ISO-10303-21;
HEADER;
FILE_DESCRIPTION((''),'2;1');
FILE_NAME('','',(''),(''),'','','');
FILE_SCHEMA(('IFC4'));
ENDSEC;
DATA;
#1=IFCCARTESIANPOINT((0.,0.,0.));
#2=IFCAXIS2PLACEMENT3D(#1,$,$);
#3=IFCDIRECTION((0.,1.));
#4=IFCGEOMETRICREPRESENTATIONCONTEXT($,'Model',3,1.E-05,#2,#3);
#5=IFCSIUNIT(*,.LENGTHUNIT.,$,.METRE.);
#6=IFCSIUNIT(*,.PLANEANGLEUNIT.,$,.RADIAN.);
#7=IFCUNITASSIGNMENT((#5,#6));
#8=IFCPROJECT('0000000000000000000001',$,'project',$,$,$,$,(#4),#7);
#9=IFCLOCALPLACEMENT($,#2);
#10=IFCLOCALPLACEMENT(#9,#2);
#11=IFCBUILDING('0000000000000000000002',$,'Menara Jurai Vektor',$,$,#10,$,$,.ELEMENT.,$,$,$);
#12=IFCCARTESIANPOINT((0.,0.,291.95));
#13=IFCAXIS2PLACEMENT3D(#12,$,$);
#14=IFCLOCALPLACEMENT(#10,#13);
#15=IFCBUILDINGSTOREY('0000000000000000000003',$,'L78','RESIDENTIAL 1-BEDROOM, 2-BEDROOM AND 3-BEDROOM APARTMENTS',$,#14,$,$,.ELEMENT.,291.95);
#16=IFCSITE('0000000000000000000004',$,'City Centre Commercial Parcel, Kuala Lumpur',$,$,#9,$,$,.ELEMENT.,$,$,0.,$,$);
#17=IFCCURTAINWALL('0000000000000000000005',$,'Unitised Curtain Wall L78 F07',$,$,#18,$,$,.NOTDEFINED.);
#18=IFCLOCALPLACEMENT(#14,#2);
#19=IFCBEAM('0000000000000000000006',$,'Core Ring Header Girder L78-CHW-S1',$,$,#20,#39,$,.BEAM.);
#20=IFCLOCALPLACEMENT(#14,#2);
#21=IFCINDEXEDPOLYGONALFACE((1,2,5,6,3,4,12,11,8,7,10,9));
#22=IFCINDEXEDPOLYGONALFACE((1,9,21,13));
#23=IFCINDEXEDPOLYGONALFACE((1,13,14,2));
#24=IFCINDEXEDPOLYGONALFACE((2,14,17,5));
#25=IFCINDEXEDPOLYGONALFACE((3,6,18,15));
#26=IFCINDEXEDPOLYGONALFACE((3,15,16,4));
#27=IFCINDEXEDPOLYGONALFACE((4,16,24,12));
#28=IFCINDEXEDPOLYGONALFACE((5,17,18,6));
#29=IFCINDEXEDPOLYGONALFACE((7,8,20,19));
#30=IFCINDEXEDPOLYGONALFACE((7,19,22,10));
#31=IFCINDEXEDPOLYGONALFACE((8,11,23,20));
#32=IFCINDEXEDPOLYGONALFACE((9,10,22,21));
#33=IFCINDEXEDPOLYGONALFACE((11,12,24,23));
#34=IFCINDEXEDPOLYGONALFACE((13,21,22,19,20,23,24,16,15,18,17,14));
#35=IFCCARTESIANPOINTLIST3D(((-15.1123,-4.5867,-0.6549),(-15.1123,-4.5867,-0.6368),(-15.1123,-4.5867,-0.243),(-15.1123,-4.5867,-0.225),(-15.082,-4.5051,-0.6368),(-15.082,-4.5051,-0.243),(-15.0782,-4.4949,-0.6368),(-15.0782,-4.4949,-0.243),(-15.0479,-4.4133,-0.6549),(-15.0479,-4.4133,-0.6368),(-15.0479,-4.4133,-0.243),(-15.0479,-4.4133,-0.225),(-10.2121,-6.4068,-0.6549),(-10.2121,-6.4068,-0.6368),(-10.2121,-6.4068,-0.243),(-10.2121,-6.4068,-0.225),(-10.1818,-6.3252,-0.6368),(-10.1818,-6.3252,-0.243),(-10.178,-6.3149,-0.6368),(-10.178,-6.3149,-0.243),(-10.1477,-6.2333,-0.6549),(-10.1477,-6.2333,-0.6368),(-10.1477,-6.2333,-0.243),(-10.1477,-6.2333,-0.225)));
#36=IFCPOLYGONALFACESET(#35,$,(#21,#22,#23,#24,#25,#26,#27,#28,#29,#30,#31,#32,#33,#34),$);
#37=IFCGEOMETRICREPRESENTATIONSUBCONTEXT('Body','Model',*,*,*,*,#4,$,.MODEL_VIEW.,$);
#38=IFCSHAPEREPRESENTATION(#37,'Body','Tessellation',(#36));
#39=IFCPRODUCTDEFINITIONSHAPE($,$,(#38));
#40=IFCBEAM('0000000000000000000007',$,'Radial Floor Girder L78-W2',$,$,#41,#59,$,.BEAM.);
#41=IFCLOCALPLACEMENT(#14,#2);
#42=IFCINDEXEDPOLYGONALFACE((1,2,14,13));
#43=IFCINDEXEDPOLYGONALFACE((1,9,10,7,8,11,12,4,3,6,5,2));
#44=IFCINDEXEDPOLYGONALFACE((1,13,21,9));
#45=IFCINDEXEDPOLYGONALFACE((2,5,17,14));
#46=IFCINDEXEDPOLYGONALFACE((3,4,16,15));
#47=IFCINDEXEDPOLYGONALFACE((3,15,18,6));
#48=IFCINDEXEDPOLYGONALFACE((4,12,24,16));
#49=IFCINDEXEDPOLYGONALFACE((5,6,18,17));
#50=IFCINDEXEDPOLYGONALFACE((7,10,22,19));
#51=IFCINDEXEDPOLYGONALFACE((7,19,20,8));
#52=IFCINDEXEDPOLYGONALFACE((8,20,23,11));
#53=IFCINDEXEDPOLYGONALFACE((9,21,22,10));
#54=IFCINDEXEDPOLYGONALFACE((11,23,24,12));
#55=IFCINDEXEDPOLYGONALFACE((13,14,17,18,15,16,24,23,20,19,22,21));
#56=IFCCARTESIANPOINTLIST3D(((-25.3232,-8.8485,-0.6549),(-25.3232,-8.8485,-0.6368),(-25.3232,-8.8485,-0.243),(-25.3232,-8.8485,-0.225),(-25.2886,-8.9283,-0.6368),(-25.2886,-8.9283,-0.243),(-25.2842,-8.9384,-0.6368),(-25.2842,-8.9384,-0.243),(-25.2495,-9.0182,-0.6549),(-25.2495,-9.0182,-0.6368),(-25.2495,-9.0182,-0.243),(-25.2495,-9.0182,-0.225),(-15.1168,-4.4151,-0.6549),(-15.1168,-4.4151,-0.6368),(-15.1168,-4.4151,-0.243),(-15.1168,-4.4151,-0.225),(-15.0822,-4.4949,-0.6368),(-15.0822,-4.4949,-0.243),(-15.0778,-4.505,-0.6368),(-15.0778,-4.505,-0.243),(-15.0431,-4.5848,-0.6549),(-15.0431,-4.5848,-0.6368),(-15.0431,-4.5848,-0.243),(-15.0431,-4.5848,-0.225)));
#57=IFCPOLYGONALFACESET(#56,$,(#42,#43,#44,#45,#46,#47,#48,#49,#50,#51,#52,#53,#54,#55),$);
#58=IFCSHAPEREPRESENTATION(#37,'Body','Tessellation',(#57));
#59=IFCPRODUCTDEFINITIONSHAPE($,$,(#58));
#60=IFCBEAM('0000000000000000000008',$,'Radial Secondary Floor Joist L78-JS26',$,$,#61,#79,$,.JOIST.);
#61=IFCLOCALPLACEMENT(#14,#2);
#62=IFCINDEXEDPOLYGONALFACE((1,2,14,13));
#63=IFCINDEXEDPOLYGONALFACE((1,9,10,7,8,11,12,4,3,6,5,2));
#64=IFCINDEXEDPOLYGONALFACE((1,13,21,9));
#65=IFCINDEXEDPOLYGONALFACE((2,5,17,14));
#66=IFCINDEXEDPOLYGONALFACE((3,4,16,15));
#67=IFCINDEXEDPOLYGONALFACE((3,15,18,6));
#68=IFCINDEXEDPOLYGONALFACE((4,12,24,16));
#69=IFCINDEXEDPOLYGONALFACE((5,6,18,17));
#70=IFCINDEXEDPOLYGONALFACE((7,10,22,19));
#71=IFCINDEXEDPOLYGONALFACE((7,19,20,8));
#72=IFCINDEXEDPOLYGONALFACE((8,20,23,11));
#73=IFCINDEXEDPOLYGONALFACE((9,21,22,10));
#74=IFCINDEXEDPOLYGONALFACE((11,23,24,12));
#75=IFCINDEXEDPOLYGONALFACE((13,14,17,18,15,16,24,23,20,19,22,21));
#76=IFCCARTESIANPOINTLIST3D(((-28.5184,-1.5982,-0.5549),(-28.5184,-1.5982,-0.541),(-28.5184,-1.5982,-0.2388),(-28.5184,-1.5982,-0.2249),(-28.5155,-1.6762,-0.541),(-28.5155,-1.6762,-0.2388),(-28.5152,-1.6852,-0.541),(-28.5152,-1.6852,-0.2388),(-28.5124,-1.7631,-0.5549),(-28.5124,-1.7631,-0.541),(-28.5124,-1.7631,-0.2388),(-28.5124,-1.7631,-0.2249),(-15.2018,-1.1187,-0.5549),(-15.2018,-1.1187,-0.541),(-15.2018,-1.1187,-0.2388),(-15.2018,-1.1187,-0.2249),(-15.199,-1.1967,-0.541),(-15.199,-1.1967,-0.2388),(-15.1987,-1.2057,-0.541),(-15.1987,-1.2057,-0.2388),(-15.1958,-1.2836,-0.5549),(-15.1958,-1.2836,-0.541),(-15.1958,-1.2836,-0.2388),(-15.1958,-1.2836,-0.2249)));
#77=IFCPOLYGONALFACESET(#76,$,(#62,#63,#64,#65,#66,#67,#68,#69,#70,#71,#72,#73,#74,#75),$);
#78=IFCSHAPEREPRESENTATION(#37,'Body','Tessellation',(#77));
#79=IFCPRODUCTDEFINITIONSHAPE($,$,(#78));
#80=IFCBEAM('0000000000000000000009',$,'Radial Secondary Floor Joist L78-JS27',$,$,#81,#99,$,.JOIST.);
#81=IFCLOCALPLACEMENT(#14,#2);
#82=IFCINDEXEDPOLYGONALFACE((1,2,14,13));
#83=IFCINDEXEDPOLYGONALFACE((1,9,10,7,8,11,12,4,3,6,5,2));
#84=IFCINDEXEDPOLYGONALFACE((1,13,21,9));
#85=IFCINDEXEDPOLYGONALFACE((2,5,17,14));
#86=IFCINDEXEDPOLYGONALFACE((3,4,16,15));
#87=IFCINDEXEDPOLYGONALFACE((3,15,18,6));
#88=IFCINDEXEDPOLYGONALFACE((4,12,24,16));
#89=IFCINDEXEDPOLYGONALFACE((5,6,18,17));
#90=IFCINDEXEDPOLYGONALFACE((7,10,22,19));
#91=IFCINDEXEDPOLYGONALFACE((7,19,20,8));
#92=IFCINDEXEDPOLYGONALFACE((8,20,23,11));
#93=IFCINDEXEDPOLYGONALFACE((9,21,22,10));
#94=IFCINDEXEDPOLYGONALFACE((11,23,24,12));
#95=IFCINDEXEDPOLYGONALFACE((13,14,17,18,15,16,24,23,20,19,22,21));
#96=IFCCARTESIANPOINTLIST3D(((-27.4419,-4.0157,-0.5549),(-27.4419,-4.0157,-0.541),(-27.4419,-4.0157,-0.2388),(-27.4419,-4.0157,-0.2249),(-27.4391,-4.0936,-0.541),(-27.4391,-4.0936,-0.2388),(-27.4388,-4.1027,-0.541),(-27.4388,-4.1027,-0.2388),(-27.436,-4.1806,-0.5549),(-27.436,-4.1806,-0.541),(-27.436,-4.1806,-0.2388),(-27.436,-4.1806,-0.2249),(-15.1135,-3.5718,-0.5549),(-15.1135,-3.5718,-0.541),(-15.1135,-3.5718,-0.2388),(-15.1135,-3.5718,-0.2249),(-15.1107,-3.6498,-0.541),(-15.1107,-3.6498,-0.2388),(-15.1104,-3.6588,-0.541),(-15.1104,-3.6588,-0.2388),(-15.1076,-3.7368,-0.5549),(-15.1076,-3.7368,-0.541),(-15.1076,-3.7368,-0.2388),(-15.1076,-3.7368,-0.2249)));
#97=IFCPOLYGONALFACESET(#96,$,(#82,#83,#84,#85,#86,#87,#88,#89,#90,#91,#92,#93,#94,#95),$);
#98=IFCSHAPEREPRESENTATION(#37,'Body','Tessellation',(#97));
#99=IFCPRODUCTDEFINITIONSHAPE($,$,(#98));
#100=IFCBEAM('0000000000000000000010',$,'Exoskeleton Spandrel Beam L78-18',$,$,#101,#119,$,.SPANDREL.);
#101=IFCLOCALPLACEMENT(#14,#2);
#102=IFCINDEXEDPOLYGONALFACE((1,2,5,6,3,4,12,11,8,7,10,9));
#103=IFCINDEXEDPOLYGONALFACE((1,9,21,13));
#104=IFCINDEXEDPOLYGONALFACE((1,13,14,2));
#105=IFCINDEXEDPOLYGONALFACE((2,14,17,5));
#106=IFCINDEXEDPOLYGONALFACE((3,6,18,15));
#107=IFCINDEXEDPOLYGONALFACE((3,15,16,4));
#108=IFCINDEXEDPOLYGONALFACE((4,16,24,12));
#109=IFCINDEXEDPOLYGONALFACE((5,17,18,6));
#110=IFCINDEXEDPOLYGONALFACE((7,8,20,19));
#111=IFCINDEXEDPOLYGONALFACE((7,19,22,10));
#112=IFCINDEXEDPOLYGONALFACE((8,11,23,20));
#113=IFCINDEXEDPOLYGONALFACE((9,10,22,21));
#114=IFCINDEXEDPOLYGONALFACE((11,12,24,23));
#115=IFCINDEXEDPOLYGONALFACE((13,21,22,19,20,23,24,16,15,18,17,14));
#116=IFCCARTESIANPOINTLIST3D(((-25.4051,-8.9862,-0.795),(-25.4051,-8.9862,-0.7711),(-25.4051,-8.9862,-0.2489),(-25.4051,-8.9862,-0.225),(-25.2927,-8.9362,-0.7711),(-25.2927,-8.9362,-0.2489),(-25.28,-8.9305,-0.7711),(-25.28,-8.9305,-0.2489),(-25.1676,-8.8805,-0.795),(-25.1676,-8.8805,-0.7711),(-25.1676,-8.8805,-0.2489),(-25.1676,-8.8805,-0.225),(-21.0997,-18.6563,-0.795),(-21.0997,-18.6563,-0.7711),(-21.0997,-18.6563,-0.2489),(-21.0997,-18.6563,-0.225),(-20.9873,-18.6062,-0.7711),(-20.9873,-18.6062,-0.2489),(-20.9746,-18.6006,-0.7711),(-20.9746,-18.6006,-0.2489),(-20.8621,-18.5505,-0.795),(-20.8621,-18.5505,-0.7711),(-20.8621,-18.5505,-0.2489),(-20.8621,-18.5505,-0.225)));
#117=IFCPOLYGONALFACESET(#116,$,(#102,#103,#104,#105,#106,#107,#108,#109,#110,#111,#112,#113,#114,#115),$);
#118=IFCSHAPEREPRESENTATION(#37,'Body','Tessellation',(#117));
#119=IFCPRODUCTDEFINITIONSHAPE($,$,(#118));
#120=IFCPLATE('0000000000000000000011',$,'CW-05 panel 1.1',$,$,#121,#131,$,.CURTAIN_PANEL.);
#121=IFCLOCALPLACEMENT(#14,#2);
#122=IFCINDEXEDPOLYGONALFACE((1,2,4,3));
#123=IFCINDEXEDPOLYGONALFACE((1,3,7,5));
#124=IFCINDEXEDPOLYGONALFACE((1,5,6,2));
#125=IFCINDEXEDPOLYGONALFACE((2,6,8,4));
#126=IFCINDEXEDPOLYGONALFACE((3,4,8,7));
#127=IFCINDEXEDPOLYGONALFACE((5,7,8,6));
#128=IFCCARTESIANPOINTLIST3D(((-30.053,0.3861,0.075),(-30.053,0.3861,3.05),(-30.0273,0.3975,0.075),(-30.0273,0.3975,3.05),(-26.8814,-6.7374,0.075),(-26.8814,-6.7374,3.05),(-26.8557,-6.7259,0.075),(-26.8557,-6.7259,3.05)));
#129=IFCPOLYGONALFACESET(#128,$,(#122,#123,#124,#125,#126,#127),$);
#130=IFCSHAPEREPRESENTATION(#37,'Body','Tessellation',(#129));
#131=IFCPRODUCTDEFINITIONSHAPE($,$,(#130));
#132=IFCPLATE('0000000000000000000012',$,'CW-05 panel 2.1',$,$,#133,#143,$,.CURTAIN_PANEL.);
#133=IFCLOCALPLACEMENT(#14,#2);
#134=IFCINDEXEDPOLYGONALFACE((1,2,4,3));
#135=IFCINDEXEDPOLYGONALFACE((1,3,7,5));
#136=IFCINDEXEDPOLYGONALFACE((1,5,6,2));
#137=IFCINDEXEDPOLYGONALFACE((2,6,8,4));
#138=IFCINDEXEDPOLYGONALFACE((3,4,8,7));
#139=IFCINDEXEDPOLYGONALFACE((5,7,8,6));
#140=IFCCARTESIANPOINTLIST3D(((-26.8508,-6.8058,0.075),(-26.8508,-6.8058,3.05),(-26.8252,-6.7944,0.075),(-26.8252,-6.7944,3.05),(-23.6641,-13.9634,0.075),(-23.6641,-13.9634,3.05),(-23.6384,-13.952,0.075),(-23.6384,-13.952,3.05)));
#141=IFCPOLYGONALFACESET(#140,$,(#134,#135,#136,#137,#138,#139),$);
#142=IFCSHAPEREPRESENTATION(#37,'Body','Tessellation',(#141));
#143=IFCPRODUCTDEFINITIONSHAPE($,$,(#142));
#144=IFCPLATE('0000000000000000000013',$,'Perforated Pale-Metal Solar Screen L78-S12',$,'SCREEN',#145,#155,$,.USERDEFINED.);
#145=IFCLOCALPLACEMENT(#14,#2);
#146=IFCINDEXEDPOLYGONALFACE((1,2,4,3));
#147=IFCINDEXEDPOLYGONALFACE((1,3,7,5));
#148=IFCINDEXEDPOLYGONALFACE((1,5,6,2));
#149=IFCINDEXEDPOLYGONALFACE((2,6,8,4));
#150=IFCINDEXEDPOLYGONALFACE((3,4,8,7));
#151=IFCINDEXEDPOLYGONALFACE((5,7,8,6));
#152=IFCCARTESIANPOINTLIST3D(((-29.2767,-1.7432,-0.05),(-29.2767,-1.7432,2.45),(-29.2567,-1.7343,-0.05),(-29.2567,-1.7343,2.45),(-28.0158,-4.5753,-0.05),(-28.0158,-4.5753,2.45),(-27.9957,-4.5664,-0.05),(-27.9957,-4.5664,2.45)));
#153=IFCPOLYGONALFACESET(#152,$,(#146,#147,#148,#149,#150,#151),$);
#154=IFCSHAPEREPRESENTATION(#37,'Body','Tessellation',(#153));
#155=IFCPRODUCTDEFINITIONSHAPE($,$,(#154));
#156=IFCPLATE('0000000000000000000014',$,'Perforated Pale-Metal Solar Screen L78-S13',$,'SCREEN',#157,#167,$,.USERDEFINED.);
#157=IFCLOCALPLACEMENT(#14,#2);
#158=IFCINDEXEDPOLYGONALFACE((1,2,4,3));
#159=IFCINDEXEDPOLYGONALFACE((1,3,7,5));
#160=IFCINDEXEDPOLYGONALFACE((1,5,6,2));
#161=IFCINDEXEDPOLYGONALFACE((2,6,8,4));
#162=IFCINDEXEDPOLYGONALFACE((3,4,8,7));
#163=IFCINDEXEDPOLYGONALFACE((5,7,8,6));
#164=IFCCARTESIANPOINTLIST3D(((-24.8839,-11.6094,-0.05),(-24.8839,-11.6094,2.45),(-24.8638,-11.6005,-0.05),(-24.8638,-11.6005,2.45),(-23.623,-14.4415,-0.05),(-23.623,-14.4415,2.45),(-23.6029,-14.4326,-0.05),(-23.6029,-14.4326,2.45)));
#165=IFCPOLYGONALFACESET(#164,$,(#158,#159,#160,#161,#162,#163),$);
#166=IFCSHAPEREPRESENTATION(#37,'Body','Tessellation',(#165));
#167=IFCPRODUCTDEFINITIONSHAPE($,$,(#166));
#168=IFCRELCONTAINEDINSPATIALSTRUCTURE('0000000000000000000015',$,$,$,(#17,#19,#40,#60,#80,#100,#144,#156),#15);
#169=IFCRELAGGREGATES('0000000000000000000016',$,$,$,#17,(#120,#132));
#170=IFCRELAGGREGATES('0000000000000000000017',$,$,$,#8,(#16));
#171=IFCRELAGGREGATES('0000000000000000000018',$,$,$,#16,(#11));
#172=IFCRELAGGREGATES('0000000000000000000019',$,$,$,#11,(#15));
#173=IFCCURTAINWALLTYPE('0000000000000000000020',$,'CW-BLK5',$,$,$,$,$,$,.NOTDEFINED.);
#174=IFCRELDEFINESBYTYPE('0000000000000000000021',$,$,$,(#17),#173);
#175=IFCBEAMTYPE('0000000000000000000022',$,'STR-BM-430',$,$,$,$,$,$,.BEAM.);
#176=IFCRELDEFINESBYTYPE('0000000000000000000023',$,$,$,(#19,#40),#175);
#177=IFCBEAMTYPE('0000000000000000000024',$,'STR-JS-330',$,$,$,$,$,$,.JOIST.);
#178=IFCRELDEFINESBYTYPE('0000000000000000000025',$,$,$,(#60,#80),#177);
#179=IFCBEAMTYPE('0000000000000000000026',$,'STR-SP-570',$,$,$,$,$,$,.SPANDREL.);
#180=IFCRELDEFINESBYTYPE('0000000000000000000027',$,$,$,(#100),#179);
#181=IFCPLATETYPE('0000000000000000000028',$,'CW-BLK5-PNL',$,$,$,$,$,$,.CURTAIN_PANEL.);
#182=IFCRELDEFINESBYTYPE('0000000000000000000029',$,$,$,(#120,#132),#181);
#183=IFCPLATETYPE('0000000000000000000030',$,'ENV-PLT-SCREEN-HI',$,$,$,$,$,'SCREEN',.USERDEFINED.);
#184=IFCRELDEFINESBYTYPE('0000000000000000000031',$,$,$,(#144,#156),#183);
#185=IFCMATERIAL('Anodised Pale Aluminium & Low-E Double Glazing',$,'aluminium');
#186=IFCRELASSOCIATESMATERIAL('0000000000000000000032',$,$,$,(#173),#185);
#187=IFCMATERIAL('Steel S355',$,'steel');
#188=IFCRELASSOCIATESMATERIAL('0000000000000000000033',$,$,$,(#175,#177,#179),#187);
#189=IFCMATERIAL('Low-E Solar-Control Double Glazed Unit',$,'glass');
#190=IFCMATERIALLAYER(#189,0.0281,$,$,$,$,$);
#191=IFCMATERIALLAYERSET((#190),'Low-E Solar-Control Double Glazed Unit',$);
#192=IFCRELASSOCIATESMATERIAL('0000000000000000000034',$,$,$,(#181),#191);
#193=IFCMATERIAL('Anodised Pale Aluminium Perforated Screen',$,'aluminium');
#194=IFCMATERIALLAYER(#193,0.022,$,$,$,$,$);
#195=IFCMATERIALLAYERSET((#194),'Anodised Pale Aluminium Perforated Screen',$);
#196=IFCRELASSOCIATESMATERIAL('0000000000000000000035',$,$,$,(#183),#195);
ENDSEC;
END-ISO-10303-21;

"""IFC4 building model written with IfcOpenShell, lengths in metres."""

from ifc_helpers import new_model, si_unit, direction, frame, origin, origin_2d, place, context, subcontext, project, spatial, rectangle, i_section, extrude, material, layer, layer_set, material_profile, profile_set, type_object, element, aggregate, save


model = new_model("IFC4")

# Units and contexts
model_context = context("Model", 3, precision=1e-05, world=origin(), true_north=direction((0.0, 1.0)))
body_context = subcontext(model_context, "Body", "Model", "MODEL_VIEW")
ifc_project = project(units=[si_unit("LENGTHUNIT", "METRE"), si_unit("PLANEANGLEUNIT", "RADIAN")], contexts=[model_context])

# Site, building, storey
site_placement = place(None, origin())
site = spatial("IfcSite", under=ifc_project, at=site_placement, Name="City Centre Commercial Parcel, Kuala Lumpur", CompositionType="ELEMENT", RefElevation=0.0)
building_placement = place(site_placement, origin())
building = spatial("IfcBuilding", under=site, at=building_placement, Name="Menara Jurai Vektor", CompositionType="ELEMENT")
storey_placement = place(building_placement, frame((0.0, 0.0, 291.95)))
storey = spatial("IfcBuildingStorey", under=building, at=storey_placement, Name="L78", Description="RESIDENTIAL 1-BEDROOM, 2-BEDROOM AND 3-BEDROOM APARTMENTS", CompositionType="ELEMENT", Elevation=291.95)

# Curtain wall
ifc_material_1 = material(Name="Anodised Pale Aluminium & Low-E Double Glazing", Category="aluminium")
curtain_wall_type = type_object("IfcCurtainWallType", Name="CW-BLK5", PredefinedType="NOTDEFINED", material=ifc_material_1)
curtain_wall_placement = place(storey_placement, origin())
curtain_wall = element("IfcCurtainWall", 1, at=curtain_wall_placement, inside=storey, type_object=curtain_wall_type, Name="Unitised Curtain Wall L78 F07", PredefinedType="NOTDEFINED")

# Beams
ifc_material_2 = material(Name="Steel S355", Category="steel")
ifc_material_profile_1 = material_profile(ifc_material_2, i_section(OverallWidth=0.1851, OverallDepth=0.4299, WebThickness=0.011, FlangeThickness=0.0181, at=origin_2d()), Name="PG 430x185x76")
ifc_profile_set_1 = profile_set([ifc_material_profile_1], Name="Steel S355")
beam_type_1 = type_object("IfcBeamType", Name="STR-BM-430", PredefinedType="BEAM", material=ifc_profile_set_1)
beam_1_placement = place(storey_placement, frame((-15.0801, -4.5, -0.4399), z_axis=(0.937424, -0.348189, 0.0), x_axis=(0.348189, 0.937424, 0.0)))
element("IfcBeam", 2, at=beam_1_placement, inside=storey, type_object=beam_type_1, Name="Core Ring Header Girder L78-CHW-S1", PredefinedType="BEAM", context=body_context, shape_type="SweptSolid", body=[
    extrude(i_section(OverallWidth=0.1851, OverallDepth=0.4299, WebThickness=0.011, FlangeThickness=0.0181, at=origin_2d()), origin(), (0.0, 0.0, 1.0), 5.2273),
])
beam_2_placement = place(storey_placement, frame((-25.2864, -8.9333, -0.4399), z_axis=(0.917207, 0.398411, 0.0), x_axis=(-0.398411, 0.917207, 0.0)))
element("IfcBeam", 3, at=beam_2_placement, inside=storey, type_object=beam_type_1, Name="Radial Floor Girder L78-W2", PredefinedType="BEAM", context=body_context, shape_type="SweptSolid", body=[
    extrude(i_section(OverallWidth=0.1851, OverallDepth=0.4299, WebThickness=0.011, FlangeThickness=0.0181, at=origin_2d()), origin(), (0.0, 0.0, 1.0), 11.1277),
])
ifc_material_profile_2 = material_profile(ifc_material_2, i_section(OverallWidth=0.165, OverallDepth=0.3301, WebThickness=0.009, FlangeThickness=0.0139, at=origin_2d()), Name="PG 330x165x46")
ifc_profile_set_2 = profile_set([ifc_material_profile_2], Name="Steel S355")
beam_type_2 = type_object("IfcBeamType", Name="STR-JS-330", PredefinedType="JOIST", material=ifc_profile_set_2)
beam_3_placement = place(storey_placement, frame((-28.5154, -1.6807, -0.3899), z_axis=(0.999352, 0.035984, 0.0), x_axis=(-0.035984, 0.999352, 0.0)))
element("IfcBeam", 4, at=beam_3_placement, inside=storey, type_object=beam_type_2, Name="Radial Secondary Floor Joist L78-JS26", PredefinedType="JOIST", context=body_context, shape_type="SweptSolid", body=[
    extrude(i_section(OverallWidth=0.165, OverallDepth=0.3301, WebThickness=0.009, FlangeThickness=0.0139, at=origin_2d()), origin(), (0.0, 0.0, 1.0), 13.3252),
])
beam_4_placement = place(storey_placement, frame((-27.439, -4.0981, -0.3899), z_axis=(0.999353, 0.035979, 0.0), x_axis=(-0.035979, 0.999353, 0.0)))
element("IfcBeam", 5, at=beam_4_placement, inside=storey, type_object=beam_type_2, Name="Radial Secondary Floor Joist L78-JS27", PredefinedType="JOIST", context=body_context, shape_type="SweptSolid", body=[
    extrude(i_section(OverallWidth=0.165, OverallDepth=0.3301, WebThickness=0.009, FlangeThickness=0.0139, at=origin_2d()), origin(), (0.0, 0.0, 1.0), 12.3364),
])
ifc_material_profile_3 = material_profile(ifc_material_2, i_section(OverallWidth=0.26, OverallDepth=0.5701, WebThickness=0.0139, FlangeThickness=0.0239, at=origin_2d()), Name="PG 570x260x145")
ifc_profile_set_3 = profile_set([ifc_material_profile_3], Name="Steel S355")
beam_type_3 = type_object("IfcBeamType", Name="STR-SP-570", PredefinedType="SPANDREL", material=ifc_profile_set_3)
beam_5_placement = place(storey_placement, frame((-25.2864, -8.9333, -0.51), z_axis=(0.406744, -0.913542, 0.0), x_axis=(0.913542, 0.406744, 0.0)))
element("IfcBeam", 6, at=beam_5_placement, inside=storey, type_object=beam_type_3, Name="Exoskeleton Spandrel Beam L78-18", PredefinedType="SPANDREL", context=body_context, shape_type="SweptSolid", body=[
    extrude(i_section(OverallWidth=0.26, OverallDepth=0.5701, WebThickness=0.0139, FlangeThickness=0.0239, at=origin_2d()), origin(), (0.0, 0.0, 1.0), 10.5852),
])

# Plates
ifc_material_3 = material(Name="Low-E Solar-Control Double Glazed Unit", Category="glass")
ifc_layer_1 = layer(ifc_material_3, 0.0281)
ifc_layer_set_1 = layer_set([ifc_layer_1], Name="Low-E Solar-Control Double Glazed Unit")
plate_type_1 = type_object("IfcPlateType", Name="CW-BLK5-PNL", PredefinedType="CURTAIN_PANEL", material=ifc_layer_set_1)
plate_1_placement = place(storey_placement, frame((-28.4543, -3.1699, 0.075), z_axis=(0.0, 0.0, 1.0), x_axis=(0.406735, -0.913546, 0.0)))
plate_1 = element("IfcPlate", 7, at=plate_1_placement, type_object=plate_type_1, Name="CW-05 panel 1.1", PredefinedType="CURTAIN_PANEL", context=body_context, shape_type="SweptSolid", body=[
    extrude(rectangle(XDim=7.7976, YDim=0.0281, at=origin_2d()), origin(), (0.0, 0.0, 1.0), 2.9751),
])
plate_2_placement = place(storey_placement, frame((-25.2446, -10.3789, 0.075), z_axis=(0.0, 0.0, 1.0), x_axis=(0.406735, -0.913546, 0.0)))
plate_2 = element("IfcPlate", 8, at=plate_2_placement, type_object=plate_type_1, Name="CW-05 panel 2.1", PredefinedType="CURTAIN_PANEL", context=body_context, shape_type="SweptSolid", body=[
    extrude(rectangle(XDim=7.835, YDim=0.0281, at=origin_2d()), origin(), (0.0, 0.0, 1.0), 2.9751),
])
aggregate(curtain_wall, [plate_1, plate_2])

# Plates
ifc_material_4 = material(Name="Anodised Pale Aluminium Perforated Screen", Category="aluminium")
ifc_layer_2 = layer(ifc_material_4, 0.022)
ifc_layer_set_2 = layer_set([ifc_layer_2], Name="Anodised Pale Aluminium Perforated Screen")
plate_type_2 = type_object("IfcPlateType", Name="ENV-PLT-SCREEN-HI", ElementType="SCREEN", PredefinedType="USERDEFINED", material=ifc_layer_set_2)
for number, where, z_axis, x_axis, name in (
    (9, (-28.6362, -3.1548, -0.05), (0.0, 0.0, 1.0), (0.406737, -0.913545, 0.0), "Perforated Pale-Metal Solar Screen L78-S12"),
    (10, (-24.2434, -13.021, -0.05), (0.0, 0.0, 1.0), (0.406737, -0.913545, 0.0), "Perforated Pale-Metal Solar Screen L78-S13"),
):
    element("IfcPlate", number, at=place(storey_placement, frame(where, z_axis=z_axis, x_axis=x_axis)), inside=storey, type_object=plate_type_2, Name=name, ObjectType="SCREEN", PredefinedType="USERDEFINED", context=body_context, shape_type="SweptSolid", body=[
        extrude(rectangle(XDim=3.1001, YDim=0.022, at=origin_2d()), origin(), (0.0, 0.0, 1.0), 2.5),
    ])

save(model, "model.ifc")
